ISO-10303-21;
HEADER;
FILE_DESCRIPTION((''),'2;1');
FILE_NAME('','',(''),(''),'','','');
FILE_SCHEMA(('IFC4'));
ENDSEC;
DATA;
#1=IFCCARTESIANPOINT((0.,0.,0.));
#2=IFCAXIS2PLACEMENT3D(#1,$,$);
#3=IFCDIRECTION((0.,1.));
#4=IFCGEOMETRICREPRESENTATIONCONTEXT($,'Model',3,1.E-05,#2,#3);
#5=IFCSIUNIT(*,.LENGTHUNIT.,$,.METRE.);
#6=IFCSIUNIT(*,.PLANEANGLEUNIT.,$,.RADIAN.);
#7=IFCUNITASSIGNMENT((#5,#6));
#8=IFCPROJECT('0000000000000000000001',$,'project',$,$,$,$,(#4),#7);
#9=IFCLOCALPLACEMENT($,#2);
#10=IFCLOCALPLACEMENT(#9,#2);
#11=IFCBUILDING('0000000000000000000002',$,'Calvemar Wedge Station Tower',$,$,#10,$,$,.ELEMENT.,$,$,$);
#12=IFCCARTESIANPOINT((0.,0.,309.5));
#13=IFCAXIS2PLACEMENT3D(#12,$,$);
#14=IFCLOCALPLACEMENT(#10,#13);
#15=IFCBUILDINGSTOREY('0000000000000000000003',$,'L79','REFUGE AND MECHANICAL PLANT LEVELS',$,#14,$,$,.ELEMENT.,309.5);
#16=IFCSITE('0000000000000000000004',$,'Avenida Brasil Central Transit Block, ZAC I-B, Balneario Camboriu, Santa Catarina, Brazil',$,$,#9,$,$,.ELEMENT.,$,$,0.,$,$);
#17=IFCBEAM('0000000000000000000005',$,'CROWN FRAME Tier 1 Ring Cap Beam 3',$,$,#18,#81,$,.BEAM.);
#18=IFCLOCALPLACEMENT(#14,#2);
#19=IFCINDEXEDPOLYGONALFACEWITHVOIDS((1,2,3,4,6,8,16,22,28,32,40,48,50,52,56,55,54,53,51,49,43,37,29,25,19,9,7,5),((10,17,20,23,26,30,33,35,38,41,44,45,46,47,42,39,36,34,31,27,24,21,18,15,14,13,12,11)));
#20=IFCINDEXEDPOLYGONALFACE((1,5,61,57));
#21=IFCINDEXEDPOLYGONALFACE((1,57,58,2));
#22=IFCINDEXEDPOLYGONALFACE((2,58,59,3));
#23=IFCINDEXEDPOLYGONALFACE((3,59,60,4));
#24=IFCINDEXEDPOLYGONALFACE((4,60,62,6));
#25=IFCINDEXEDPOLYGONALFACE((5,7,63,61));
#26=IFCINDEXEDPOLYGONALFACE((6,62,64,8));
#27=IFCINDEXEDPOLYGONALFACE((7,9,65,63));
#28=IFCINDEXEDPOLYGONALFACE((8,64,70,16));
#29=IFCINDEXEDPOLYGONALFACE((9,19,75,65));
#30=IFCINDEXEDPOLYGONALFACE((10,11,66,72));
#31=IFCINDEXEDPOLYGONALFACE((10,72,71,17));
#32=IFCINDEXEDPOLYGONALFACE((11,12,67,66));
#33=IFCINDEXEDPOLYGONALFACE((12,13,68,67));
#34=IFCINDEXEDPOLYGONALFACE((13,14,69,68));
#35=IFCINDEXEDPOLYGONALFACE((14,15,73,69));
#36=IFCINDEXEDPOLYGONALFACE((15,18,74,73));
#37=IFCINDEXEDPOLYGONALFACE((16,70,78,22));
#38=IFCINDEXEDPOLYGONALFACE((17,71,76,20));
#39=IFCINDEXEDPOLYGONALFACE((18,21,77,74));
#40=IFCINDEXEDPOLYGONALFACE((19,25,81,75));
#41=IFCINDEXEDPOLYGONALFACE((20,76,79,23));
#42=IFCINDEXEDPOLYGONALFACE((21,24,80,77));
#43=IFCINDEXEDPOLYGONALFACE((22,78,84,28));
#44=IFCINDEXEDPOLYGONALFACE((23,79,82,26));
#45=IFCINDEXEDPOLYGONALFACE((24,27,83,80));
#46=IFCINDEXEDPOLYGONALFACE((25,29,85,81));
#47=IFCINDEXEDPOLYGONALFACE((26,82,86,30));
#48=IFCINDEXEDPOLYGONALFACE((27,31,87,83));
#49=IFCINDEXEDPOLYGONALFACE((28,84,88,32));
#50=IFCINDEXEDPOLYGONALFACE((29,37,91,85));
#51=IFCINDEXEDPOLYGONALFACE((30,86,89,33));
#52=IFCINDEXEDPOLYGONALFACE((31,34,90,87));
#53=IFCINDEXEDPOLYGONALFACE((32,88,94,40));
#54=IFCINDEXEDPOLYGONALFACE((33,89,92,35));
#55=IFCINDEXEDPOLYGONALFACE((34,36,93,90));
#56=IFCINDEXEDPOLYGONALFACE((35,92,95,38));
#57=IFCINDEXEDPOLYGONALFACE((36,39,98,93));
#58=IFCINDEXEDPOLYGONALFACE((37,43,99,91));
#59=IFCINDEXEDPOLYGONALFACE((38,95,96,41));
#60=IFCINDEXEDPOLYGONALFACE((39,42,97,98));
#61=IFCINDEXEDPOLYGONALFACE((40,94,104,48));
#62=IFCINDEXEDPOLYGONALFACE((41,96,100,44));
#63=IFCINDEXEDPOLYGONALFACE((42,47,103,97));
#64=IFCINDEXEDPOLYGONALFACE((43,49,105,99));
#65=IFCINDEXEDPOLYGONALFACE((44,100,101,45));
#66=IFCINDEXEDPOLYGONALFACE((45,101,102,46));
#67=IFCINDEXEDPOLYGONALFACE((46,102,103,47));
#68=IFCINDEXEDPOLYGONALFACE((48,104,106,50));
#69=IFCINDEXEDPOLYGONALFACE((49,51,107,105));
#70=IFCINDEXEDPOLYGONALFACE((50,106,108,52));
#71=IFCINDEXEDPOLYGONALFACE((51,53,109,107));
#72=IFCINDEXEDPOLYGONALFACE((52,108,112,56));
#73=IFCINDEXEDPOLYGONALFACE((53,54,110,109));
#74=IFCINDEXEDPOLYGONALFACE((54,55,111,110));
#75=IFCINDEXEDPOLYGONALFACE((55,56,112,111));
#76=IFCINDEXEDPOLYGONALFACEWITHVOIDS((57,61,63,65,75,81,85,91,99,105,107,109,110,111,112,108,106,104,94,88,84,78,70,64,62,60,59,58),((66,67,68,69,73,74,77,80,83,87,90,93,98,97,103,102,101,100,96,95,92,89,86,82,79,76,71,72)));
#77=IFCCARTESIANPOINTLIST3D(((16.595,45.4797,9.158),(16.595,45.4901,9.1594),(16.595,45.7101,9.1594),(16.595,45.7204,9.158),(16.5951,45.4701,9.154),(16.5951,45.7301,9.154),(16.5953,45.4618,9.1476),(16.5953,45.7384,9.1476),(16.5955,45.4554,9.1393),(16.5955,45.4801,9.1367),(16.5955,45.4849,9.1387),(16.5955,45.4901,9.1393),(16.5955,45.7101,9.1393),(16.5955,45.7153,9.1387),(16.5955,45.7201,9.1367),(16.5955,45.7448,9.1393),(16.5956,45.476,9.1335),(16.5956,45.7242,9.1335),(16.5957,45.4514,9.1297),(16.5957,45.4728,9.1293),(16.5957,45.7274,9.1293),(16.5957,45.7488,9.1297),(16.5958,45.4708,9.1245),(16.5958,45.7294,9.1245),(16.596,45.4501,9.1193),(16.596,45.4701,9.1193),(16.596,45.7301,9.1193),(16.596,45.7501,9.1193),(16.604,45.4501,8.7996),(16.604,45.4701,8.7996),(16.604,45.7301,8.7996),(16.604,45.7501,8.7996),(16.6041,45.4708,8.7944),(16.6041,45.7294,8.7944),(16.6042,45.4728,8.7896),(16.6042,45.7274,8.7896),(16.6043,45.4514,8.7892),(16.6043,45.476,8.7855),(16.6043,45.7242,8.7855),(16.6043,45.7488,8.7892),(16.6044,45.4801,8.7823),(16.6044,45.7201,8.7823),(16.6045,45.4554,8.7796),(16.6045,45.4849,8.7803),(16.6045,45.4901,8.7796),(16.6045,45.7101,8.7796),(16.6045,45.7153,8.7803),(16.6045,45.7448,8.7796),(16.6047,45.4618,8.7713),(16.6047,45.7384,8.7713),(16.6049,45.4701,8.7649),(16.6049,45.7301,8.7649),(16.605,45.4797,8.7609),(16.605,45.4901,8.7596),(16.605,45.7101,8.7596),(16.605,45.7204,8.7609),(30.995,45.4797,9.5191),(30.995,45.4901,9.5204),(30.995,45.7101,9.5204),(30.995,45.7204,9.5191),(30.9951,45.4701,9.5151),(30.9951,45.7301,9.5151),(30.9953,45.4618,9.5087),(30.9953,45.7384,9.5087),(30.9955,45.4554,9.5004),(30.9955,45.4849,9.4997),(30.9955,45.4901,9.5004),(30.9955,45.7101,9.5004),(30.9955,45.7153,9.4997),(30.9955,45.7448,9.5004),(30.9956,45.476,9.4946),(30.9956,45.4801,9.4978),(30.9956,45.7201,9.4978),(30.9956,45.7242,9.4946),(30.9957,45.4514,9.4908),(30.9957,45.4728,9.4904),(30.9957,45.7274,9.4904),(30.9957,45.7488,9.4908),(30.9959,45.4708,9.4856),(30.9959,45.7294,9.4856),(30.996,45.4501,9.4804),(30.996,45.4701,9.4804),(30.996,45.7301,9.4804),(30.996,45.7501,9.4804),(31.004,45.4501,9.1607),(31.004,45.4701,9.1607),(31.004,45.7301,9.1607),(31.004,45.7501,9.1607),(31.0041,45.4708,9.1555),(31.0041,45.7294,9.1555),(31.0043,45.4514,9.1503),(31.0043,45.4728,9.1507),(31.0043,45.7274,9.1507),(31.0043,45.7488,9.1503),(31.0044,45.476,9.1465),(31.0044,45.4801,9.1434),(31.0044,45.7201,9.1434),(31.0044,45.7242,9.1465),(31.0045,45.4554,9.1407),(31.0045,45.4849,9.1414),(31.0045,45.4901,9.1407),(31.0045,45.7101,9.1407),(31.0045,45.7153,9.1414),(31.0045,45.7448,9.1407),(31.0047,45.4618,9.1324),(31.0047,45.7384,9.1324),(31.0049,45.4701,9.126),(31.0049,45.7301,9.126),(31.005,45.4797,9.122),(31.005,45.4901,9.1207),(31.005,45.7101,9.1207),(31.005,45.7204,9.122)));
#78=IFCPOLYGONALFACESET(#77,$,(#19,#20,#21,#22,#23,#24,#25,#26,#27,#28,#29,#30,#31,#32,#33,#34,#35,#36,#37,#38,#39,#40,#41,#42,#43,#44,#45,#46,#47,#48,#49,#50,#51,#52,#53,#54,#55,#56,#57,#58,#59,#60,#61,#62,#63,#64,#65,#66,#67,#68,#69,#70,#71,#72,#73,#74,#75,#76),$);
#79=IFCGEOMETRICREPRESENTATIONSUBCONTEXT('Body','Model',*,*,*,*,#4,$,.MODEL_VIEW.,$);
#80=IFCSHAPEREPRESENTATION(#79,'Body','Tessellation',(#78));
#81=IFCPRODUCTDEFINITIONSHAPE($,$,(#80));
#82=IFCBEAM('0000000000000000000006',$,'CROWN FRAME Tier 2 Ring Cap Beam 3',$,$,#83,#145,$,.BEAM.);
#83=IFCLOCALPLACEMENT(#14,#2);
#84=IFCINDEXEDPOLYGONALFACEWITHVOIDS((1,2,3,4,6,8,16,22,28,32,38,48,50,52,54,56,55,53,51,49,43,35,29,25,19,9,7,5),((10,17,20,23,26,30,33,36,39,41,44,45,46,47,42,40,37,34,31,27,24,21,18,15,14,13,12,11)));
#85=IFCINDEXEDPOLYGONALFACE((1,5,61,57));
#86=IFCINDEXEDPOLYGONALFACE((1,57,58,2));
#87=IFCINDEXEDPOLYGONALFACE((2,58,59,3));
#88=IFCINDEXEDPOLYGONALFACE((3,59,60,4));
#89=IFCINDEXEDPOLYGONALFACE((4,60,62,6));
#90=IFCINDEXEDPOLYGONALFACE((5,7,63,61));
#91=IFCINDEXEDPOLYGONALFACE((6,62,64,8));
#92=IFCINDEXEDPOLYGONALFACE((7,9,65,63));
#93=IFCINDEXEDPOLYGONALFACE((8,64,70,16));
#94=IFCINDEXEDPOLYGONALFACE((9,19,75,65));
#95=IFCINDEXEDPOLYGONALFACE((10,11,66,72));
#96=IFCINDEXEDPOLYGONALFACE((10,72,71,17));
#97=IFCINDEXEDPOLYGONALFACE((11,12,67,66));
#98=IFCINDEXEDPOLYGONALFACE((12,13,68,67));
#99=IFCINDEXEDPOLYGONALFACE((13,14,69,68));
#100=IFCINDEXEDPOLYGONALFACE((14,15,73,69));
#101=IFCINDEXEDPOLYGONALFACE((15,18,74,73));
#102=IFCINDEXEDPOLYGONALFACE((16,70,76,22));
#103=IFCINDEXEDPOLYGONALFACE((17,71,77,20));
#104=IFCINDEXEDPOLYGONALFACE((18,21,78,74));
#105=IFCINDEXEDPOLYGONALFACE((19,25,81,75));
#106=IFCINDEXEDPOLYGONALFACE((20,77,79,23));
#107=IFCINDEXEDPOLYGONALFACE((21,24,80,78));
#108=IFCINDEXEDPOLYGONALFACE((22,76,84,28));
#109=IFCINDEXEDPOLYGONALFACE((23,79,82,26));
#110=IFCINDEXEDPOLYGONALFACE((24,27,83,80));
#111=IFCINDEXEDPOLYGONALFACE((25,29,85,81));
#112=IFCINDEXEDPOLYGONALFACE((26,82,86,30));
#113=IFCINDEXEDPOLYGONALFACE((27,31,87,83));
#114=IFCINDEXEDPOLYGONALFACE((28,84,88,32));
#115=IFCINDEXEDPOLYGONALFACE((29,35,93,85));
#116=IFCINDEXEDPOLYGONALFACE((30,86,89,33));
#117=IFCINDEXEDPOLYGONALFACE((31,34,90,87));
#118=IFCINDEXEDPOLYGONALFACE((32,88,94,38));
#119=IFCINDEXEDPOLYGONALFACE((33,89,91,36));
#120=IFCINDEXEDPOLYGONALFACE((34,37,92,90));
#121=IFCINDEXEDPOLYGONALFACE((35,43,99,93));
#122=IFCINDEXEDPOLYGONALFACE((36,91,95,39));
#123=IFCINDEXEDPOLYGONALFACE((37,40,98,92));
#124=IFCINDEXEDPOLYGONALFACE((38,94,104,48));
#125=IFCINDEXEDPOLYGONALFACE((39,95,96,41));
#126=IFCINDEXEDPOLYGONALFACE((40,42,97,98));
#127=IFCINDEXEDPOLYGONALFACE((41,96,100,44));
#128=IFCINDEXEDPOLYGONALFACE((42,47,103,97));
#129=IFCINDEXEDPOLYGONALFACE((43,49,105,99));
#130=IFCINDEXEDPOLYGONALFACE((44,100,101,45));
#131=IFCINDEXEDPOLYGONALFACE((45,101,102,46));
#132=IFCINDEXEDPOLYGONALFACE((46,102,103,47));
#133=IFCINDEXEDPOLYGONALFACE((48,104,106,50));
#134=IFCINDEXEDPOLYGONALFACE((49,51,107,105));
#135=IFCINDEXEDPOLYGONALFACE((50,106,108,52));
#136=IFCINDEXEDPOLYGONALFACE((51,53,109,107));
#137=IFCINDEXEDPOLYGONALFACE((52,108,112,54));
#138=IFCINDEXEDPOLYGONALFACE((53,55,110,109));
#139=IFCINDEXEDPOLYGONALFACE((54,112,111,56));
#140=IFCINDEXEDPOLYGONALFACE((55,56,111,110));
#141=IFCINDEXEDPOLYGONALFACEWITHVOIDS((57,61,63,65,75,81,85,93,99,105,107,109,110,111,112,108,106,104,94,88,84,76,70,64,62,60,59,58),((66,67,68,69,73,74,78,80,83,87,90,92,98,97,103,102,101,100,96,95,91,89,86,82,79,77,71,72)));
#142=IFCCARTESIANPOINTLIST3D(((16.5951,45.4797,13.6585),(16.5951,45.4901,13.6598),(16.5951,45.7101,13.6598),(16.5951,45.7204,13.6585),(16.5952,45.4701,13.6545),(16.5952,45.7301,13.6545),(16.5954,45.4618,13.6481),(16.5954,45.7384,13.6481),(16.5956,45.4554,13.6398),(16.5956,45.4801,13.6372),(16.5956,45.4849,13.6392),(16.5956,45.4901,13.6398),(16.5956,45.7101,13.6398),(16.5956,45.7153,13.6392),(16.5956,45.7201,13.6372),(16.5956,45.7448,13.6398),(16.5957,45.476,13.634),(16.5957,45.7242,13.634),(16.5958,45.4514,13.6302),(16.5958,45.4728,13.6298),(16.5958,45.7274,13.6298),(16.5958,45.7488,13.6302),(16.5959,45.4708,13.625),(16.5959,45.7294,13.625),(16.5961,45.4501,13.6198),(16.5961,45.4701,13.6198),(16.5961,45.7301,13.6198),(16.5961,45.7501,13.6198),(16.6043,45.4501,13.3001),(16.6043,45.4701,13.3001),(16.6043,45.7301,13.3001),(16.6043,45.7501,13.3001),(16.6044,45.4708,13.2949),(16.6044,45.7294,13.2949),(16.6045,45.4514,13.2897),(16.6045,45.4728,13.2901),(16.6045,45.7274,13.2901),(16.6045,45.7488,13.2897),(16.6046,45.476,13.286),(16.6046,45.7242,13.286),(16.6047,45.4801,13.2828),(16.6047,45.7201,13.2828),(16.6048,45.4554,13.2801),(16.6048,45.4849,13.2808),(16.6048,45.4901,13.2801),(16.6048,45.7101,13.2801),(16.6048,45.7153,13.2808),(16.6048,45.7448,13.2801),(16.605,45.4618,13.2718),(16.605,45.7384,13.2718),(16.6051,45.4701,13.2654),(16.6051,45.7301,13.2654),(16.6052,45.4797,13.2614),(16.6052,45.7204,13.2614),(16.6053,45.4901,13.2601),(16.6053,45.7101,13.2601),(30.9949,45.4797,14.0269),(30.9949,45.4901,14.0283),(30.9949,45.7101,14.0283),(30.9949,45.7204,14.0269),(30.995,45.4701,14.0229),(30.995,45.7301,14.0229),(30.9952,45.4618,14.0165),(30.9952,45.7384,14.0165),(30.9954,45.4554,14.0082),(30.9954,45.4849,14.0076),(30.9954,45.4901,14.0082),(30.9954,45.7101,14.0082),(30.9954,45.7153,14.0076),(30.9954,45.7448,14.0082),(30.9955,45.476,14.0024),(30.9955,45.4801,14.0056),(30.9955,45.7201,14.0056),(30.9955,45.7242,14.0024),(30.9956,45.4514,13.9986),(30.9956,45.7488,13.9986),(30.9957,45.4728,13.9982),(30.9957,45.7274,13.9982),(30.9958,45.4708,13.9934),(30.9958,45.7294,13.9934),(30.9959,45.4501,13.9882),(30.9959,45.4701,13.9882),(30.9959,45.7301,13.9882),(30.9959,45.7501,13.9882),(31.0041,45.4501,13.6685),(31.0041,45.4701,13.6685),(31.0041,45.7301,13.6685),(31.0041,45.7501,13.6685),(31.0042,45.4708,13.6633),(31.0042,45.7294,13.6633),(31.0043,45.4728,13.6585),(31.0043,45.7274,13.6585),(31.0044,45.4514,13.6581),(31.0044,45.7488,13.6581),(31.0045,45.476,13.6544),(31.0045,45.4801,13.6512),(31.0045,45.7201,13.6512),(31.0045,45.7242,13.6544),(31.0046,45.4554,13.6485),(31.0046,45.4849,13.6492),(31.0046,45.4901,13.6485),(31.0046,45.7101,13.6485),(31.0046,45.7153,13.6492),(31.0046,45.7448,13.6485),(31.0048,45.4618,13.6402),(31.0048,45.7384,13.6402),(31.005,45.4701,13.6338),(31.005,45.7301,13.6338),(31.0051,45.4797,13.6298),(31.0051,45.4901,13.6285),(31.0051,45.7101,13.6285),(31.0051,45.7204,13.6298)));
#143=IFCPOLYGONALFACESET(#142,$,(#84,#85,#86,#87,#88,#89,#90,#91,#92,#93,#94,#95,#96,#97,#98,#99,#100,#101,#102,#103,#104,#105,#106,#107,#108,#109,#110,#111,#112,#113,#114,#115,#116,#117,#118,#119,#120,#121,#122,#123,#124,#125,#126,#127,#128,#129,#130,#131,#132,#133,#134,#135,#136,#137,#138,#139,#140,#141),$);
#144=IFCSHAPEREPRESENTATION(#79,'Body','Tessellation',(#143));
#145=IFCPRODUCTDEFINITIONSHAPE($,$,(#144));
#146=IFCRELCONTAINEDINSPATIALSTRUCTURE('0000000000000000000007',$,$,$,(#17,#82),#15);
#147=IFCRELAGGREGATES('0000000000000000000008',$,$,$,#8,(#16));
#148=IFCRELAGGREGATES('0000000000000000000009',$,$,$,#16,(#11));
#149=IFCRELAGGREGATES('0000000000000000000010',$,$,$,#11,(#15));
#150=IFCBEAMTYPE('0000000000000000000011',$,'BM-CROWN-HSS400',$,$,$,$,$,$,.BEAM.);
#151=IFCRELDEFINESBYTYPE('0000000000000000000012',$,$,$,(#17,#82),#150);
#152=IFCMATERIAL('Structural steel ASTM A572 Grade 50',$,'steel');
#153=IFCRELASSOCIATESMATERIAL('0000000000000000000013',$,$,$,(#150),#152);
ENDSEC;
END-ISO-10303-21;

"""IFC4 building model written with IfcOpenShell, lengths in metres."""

from ifc_helpers import new_model, si_unit, direction, frame, origin, origin_2d, place, context, subcontext, project, spatial, hollow_rectangle, extrude, source, transform, mapped, material, material_profile, profile_set, type_object, element, save


model = new_model("IFC4")

# Units and contexts
model_context = context("Model", 3, precision=1e-05, world=origin(), true_north=direction((0.0, 1.0)))
body_context = subcontext(model_context, "Body", "Model", "MODEL_VIEW")
ifc_project = project(units=[si_unit("LENGTHUNIT", "METRE"), si_unit("PLANEANGLEUNIT", "RADIAN")], contexts=[model_context])

# Site, building, storey
site_placement = place(None, origin())
site = spatial("IfcSite", under=ifc_project, at=site_placement, Name="Avenida Brasil Central Transit Block, ZAC I-B, Balneario Camboriu, Santa Catarina, Brazil", CompositionType="ELEMENT", RefElevation=0.0)
building_placement = place(site_placement, origin())
building = spatial("IfcBuilding", under=site, at=building_placement, Name="Calvemar Wedge Station Tower", CompositionType="ELEMENT")
storey_placement = place(building_placement, frame((0.0, 0.0, 309.5)))
storey = spatial("IfcBuildingStorey", under=building, at=storey_placement, Name="L79", Description="REFUGE AND MECHANICAL PLANT LEVELS", CompositionType="ELEMENT", Elevation=309.5)

# Shared definitions
ifc_material_1 = material(Name="Structural steel ASTM A572 Grade 50", Category="steel")

# Beams
ifc_material_profile_1 = material_profile(ifc_material_1, hollow_rectangle(XDim=0.3, YDim=0.3999, WallThickness=0.02, InnerFilletRadius=0.02, OuterFilletRadius=0.04, at=origin_2d()), Name="HSS400x300x20")
ifc_profile_set_1 = profile_set([ifc_material_profile_1], Name="Structural steel ASTM A572 Grade 50")
beam_type = type_object("IfcBeamType", Name="BM-CROWN-HSS400", PredefinedType="BEAM", material=ifc_profile_set_1)
shared_shape_1 = source(origin(), body_context, "Body", "SweptSolid", [
    extrude(hollow_rectangle(XDim=0.3, YDim=0.3999, WallThickness=0.02, InnerFilletRadius=0.02, OuterFilletRadius=0.04, at=origin_2d()), origin(), (0.0, 0.0, 1.0), 14.4045),
])
for number, where, z_axis, x_axis, name in (
    (1, (31.0, 45.6001, 9.3206), (-0.999686, 0.0, -0.025068), (0.0, -1.0, 0.0), "CROWN FRAME Tier 1 Ring Cap Beam 3"),
    (2, (31.0, 45.6001, 13.8284), (-0.999673, 0.0, -0.025576), (0.0, -1.0, 0.0), "CROWN FRAME Tier 2 Ring Cap Beam 3"),
):
    element("IfcBeam", number, at=place(storey_placement, frame(where, z_axis=z_axis, x_axis=x_axis)), inside=storey, type_object=beam_type, Name=name, PredefinedType="BEAM", context=body_context, shape_type="MappedRepresentation", body=[
        mapped(shared_shape_1, transform((0.0, 0.0, 0.0), scale=1.0)),
    ])

save(model, "model.ifc")
